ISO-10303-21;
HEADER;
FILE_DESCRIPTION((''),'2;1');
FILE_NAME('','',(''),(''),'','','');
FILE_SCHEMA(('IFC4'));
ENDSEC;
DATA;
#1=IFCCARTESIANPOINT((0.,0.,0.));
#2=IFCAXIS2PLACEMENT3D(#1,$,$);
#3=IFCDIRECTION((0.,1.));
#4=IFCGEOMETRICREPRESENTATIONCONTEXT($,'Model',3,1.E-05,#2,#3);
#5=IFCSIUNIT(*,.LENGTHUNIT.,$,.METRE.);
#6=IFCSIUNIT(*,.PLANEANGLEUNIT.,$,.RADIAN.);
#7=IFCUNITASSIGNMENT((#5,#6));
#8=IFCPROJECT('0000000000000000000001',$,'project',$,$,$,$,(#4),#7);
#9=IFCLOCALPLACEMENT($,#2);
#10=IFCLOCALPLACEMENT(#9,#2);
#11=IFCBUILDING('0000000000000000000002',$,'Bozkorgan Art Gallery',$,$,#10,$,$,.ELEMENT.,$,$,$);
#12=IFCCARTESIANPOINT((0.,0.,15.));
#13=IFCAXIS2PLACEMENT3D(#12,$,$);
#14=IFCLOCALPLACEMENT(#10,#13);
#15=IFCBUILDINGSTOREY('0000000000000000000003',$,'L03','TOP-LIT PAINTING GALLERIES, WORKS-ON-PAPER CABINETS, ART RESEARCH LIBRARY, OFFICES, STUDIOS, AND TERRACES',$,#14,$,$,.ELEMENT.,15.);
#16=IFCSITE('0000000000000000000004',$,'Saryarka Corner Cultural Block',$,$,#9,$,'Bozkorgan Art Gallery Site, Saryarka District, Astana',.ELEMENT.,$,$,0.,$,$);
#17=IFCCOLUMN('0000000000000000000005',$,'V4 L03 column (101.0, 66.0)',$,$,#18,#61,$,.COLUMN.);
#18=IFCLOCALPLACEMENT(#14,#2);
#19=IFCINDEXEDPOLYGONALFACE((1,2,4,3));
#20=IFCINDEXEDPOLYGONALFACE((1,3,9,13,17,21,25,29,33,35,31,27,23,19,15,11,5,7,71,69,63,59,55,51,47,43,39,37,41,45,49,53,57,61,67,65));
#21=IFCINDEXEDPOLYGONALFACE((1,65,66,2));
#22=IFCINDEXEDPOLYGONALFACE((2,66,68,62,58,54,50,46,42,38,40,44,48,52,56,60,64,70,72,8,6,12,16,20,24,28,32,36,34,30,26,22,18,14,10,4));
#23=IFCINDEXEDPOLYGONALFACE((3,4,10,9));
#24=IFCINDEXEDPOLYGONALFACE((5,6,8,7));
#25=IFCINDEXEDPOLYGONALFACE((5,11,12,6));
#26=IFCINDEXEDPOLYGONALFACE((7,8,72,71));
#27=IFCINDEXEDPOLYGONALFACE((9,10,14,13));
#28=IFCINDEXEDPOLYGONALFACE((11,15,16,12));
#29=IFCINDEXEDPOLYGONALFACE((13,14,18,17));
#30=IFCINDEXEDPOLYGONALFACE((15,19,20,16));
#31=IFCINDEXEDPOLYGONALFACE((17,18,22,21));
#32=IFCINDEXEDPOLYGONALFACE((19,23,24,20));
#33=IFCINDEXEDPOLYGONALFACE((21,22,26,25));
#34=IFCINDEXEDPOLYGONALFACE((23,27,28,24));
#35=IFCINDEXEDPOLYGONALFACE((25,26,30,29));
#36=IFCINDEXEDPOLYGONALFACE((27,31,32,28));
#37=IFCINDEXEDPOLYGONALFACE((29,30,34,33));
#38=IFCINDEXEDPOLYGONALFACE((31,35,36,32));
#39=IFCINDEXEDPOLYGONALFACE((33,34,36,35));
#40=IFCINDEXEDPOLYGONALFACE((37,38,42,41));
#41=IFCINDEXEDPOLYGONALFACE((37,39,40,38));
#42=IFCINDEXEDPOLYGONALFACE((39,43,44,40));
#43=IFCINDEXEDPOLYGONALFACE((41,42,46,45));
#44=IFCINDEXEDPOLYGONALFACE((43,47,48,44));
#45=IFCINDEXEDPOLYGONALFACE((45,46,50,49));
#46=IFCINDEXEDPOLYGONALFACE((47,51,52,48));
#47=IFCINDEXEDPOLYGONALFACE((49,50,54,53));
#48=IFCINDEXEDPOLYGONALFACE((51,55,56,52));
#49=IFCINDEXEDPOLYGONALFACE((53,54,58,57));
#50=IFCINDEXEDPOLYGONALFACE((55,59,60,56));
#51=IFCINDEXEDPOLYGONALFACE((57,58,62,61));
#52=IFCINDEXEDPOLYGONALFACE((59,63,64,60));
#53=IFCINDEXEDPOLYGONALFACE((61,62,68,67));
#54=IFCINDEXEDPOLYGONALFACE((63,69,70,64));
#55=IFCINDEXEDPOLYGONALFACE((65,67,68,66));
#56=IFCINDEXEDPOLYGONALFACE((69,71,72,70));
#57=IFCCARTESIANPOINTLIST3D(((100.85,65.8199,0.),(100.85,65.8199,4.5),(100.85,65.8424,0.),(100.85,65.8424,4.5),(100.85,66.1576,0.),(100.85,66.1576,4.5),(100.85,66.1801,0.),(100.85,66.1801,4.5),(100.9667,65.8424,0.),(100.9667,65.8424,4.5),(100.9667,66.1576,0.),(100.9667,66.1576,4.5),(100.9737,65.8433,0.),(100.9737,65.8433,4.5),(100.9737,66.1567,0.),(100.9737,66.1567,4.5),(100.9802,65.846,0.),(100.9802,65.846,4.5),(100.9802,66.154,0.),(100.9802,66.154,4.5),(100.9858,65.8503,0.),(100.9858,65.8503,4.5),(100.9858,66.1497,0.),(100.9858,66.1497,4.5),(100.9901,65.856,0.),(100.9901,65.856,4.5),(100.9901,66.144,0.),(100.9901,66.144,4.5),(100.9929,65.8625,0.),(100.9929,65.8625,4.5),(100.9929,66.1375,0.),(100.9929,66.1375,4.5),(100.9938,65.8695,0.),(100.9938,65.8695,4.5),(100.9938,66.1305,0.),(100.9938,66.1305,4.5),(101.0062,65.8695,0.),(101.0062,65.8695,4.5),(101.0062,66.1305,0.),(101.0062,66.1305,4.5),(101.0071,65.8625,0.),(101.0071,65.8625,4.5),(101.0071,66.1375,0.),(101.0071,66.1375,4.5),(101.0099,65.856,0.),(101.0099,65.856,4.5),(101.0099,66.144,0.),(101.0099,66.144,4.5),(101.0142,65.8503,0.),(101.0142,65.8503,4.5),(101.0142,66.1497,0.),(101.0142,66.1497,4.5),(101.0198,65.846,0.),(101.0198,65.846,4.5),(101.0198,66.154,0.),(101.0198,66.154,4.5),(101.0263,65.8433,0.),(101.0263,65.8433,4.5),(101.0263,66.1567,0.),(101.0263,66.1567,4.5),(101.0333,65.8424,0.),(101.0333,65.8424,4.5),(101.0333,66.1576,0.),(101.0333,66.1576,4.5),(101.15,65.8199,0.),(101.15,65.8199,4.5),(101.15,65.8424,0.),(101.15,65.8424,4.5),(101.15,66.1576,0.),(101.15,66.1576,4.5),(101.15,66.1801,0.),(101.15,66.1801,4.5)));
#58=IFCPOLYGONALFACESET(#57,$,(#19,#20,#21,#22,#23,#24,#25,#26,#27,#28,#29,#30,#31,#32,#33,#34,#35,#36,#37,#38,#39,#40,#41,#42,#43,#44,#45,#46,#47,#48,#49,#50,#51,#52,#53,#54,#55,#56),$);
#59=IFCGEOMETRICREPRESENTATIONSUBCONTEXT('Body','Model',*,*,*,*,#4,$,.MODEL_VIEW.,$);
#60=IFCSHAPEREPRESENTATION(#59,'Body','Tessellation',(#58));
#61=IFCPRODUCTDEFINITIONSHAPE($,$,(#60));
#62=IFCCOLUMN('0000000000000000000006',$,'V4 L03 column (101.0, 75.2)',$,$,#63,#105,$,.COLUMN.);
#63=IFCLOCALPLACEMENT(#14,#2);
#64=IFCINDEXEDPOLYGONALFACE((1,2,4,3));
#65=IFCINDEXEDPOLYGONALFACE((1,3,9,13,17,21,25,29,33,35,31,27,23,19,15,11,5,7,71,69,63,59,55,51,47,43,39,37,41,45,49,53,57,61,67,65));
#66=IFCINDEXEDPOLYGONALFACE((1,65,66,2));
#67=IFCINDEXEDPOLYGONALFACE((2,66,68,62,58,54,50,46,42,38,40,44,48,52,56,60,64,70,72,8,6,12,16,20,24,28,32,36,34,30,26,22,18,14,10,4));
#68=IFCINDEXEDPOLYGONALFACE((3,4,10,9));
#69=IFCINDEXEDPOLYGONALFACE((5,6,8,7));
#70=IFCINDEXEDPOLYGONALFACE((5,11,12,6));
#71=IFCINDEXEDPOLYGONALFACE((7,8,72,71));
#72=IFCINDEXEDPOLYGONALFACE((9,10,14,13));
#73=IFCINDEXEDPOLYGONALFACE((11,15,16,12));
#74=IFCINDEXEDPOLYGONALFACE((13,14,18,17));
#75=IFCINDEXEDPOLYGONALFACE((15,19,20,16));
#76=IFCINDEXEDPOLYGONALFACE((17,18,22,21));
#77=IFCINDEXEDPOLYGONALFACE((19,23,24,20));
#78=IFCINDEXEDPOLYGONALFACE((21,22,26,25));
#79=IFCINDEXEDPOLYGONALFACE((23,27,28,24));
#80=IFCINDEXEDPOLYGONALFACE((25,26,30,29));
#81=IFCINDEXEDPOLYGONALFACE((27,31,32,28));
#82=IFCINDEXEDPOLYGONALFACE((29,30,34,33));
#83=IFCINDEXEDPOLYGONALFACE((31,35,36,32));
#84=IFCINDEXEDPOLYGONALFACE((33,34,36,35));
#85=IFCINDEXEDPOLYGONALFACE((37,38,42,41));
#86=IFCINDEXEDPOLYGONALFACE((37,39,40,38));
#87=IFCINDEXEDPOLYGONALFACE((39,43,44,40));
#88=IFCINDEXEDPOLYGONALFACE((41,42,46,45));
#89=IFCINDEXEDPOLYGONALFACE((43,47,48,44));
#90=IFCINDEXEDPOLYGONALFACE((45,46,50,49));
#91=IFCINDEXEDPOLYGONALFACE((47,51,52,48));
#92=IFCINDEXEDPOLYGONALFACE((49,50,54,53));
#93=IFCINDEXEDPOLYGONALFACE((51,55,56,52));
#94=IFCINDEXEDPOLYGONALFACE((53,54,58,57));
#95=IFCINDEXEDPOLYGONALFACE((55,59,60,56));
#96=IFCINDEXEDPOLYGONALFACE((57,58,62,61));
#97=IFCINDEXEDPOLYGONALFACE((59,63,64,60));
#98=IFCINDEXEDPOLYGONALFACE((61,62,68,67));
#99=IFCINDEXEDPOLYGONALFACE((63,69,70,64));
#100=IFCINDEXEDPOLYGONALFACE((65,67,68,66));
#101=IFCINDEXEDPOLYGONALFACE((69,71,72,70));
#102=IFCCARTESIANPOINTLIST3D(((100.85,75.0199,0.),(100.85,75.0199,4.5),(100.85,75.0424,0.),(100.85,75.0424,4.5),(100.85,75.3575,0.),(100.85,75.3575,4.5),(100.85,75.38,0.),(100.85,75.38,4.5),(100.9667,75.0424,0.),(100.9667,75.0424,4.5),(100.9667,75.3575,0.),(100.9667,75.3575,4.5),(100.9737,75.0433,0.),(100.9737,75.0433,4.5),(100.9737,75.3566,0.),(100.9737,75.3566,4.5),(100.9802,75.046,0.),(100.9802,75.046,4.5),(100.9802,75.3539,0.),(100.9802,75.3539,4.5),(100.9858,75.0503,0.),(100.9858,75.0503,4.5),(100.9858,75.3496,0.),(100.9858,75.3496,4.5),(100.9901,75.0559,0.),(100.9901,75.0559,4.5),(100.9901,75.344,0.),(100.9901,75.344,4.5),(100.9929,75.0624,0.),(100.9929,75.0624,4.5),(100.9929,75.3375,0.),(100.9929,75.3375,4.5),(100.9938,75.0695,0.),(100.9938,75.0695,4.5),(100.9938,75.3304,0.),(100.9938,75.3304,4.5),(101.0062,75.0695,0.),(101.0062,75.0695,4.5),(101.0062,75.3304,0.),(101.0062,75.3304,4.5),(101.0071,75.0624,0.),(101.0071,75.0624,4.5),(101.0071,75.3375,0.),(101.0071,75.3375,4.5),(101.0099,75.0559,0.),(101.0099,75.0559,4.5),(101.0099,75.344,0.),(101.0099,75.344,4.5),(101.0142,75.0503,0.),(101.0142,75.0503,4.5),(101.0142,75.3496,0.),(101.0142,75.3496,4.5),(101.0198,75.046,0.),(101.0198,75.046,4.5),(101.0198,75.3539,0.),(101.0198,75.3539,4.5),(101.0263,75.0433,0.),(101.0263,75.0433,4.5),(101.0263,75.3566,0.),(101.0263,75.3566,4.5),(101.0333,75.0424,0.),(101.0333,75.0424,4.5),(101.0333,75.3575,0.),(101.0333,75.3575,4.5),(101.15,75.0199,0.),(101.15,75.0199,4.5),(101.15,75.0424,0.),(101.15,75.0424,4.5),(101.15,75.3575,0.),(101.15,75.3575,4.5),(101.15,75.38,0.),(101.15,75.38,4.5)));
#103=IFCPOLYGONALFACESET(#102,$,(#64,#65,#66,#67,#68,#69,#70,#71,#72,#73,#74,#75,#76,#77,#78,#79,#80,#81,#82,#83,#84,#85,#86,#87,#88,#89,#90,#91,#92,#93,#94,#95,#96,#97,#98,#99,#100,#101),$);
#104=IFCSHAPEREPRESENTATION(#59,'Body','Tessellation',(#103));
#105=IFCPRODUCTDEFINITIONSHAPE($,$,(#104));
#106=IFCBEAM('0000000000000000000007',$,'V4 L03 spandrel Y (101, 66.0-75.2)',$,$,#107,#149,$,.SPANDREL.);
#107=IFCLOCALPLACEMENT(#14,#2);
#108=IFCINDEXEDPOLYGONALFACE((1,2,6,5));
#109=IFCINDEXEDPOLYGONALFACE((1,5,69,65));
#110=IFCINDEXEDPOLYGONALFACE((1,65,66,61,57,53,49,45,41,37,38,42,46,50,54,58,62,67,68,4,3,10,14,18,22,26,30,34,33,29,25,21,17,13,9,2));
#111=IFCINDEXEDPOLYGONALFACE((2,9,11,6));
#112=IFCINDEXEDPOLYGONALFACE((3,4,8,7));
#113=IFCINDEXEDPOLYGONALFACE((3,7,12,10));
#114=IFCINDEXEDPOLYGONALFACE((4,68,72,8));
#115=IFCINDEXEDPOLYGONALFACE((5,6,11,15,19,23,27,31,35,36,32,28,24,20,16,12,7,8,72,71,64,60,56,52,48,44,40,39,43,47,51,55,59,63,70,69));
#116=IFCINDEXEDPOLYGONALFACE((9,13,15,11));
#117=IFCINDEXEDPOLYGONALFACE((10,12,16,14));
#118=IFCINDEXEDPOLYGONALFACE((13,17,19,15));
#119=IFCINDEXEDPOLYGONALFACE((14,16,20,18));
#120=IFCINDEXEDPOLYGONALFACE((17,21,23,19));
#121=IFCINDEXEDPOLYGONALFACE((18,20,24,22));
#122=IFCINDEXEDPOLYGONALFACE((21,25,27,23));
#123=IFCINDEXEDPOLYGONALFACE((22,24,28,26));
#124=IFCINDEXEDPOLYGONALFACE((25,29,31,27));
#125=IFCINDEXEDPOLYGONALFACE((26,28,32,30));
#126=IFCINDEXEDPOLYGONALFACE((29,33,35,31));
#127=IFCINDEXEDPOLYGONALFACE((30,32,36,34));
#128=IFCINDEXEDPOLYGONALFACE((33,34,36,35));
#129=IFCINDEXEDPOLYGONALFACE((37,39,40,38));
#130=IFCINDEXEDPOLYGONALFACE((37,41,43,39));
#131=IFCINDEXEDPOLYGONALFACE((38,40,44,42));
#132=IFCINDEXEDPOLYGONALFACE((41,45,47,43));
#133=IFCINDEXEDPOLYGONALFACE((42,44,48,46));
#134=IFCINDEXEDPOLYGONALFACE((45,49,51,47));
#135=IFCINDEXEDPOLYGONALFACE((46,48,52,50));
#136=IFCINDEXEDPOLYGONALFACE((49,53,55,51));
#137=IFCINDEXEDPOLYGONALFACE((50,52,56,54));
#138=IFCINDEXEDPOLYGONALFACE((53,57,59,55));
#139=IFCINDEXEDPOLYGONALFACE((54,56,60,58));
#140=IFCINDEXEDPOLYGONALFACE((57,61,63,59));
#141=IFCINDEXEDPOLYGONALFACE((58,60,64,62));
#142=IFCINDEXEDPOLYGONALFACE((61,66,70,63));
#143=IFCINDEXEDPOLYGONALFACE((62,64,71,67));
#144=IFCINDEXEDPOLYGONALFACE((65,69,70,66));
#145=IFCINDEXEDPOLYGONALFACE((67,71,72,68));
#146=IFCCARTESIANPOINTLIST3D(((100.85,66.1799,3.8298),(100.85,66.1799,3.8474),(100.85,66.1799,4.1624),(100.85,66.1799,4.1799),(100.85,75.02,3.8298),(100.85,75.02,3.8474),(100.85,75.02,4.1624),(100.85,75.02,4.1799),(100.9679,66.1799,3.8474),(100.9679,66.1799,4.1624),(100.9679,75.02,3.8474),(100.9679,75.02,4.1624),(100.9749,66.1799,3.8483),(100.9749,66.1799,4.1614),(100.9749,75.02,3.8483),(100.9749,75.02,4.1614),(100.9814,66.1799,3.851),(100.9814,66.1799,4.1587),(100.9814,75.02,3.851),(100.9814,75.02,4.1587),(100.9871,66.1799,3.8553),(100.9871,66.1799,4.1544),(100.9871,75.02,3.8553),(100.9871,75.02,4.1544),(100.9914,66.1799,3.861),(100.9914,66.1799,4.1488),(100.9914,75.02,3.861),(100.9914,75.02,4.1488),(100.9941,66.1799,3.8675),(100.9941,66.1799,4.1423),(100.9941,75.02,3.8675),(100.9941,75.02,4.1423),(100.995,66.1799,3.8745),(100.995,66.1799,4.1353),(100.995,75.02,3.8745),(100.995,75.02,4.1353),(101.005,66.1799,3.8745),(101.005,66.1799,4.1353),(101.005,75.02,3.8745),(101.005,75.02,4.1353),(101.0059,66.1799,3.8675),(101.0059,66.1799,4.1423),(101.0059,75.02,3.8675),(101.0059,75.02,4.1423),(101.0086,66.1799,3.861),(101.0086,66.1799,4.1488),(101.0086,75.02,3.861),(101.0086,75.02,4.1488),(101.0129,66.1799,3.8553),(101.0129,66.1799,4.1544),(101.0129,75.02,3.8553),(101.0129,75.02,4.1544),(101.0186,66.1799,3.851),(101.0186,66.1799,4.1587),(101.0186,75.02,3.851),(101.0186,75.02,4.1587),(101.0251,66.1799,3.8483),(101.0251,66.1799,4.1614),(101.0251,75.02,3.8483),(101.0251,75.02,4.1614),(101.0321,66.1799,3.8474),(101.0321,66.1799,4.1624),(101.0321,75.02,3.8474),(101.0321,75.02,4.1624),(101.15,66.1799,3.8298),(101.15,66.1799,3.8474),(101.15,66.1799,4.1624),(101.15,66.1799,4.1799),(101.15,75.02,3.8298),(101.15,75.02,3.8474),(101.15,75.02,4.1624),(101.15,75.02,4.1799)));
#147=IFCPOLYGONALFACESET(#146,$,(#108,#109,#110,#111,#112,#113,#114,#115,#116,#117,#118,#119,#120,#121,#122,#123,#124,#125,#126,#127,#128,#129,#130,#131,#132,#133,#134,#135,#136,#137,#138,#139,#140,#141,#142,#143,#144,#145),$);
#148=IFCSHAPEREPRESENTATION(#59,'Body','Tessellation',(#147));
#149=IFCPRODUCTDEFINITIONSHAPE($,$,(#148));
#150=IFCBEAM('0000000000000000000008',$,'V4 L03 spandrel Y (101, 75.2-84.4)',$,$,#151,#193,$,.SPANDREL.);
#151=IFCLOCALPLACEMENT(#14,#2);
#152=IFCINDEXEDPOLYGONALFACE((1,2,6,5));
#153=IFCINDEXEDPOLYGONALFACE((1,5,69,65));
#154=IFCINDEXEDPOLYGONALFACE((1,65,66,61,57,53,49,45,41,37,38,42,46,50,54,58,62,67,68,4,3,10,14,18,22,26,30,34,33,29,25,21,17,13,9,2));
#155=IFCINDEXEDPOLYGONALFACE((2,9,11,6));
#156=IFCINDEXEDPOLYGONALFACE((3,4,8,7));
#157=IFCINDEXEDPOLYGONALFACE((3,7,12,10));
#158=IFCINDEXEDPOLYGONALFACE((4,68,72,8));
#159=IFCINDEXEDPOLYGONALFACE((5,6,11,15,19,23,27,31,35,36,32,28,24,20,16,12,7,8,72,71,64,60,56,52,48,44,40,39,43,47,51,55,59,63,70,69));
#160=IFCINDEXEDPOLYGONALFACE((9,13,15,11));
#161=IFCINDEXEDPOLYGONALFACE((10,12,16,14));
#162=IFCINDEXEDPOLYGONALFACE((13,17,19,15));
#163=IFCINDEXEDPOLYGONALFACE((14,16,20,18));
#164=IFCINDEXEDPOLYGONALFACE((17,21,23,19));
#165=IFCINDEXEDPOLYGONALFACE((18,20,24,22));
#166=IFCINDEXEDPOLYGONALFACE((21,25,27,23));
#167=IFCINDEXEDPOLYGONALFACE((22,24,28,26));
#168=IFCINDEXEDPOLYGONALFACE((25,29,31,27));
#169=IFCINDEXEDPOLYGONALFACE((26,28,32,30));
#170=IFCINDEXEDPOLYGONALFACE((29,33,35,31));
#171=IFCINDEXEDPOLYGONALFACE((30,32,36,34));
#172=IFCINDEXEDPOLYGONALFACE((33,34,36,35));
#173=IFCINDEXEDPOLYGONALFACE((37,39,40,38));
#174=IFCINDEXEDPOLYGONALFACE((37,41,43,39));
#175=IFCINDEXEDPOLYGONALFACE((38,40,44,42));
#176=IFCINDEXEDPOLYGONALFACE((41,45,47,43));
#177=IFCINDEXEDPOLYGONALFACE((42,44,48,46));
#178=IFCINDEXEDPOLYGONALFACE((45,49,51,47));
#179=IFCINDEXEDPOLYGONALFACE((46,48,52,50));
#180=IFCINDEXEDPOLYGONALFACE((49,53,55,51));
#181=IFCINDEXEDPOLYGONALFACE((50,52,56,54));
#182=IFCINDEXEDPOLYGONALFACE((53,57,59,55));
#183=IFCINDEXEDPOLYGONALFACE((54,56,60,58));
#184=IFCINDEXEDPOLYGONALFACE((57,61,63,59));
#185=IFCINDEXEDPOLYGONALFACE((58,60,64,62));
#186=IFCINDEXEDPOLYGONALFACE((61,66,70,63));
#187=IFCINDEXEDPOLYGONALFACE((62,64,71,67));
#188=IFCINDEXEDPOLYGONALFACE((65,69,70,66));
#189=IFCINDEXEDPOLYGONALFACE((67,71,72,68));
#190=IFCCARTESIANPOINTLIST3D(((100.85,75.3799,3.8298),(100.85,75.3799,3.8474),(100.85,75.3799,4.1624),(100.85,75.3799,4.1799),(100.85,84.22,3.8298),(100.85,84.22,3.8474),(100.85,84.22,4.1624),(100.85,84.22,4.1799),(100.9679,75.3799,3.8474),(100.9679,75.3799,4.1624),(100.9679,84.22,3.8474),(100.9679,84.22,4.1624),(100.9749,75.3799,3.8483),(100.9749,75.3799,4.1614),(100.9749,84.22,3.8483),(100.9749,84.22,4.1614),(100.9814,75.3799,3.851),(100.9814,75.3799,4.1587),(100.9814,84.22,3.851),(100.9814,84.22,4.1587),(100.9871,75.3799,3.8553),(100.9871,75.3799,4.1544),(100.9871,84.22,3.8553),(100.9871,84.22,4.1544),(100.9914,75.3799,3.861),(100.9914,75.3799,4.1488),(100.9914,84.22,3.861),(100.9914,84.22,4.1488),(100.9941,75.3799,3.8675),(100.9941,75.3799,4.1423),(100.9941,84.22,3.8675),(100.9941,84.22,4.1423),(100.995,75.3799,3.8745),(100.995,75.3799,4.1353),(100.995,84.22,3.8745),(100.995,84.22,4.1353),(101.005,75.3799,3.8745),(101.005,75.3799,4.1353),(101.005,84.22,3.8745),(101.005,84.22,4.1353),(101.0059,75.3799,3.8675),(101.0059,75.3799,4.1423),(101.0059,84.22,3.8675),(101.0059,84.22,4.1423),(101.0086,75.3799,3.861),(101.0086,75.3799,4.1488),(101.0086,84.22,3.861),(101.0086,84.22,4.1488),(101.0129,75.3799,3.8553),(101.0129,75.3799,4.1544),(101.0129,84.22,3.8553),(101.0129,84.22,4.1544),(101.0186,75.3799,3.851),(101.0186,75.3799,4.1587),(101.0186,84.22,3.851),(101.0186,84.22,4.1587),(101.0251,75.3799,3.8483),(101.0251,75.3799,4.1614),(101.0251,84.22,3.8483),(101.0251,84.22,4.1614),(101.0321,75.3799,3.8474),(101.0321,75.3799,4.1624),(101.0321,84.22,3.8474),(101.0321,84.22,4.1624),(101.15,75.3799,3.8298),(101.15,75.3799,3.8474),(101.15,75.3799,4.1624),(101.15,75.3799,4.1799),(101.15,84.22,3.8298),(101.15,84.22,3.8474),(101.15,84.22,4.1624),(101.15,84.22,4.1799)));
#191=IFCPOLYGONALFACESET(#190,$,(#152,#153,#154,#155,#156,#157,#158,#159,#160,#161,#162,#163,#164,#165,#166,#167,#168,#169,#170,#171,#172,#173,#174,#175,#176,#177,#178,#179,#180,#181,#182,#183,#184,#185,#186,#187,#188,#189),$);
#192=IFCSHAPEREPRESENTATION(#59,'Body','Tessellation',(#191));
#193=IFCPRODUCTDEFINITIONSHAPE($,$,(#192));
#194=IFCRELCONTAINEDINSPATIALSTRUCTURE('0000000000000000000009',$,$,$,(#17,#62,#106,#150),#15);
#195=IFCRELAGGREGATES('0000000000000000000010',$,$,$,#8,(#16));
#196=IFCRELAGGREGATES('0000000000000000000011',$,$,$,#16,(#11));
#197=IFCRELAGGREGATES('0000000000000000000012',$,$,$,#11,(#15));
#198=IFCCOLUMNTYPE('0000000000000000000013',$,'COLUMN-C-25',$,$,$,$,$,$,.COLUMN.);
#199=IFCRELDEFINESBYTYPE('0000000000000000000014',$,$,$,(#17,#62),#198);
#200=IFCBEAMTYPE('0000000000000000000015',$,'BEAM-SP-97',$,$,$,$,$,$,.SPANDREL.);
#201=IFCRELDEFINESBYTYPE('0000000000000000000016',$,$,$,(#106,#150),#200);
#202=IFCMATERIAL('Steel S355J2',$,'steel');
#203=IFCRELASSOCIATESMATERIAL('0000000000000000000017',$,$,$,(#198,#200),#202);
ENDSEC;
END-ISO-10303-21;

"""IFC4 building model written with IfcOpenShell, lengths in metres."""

from ifc_helpers import new_model, si_unit, direction, frame, origin, origin_2d, place, context, subcontext, project, spatial, i_section, extrude, material, material_profile, profile_set, type_object, element, save


model = new_model("IFC4")

# Units and contexts
model_context = context("Model", 3, precision=1e-05, world=origin(), true_north=direction((0.0, 1.0)))
body_context = subcontext(model_context, "Body", "Model", "MODEL_VIEW")
ifc_project = project(units=[si_unit("LENGTHUNIT", "METRE"), si_unit("PLANEANGLEUNIT", "RADIAN")], contexts=[model_context])

# Site, building, storey
site_placement = place(None, origin())
site = spatial("IfcSite", under=ifc_project, at=site_placement, Name="Saryarka Corner Cultural Block", LongName="Bozkorgan Art Gallery Site, Saryarka District, Astana", CompositionType="ELEMENT", RefElevation=0.0)
building_placement = place(site_placement, origin())
building = spatial("IfcBuilding", under=site, at=building_placement, Name="Bozkorgan Art Gallery", CompositionType="ELEMENT")
storey_placement = place(building_placement, frame((0.0, 0.0, 15.0)))
storey = spatial("IfcBuildingStorey", under=building, at=storey_placement, Name="L03", Description="TOP-LIT PAINTING GALLERIES, WORKS-ON-PAPER CABINETS, ART RESEARCH LIBRARY, OFFICES, STUDIOS, AND TERRACES", CompositionType="ELEMENT", Elevation=15.0)

# Columns
ifc_material_1 = material(Name="Steel S355J2", Category="steel")
ifc_material_profile_1 = material_profile(ifc_material_1, i_section(OverallWidth=0.3, OverallDepth=0.3601, WebThickness=0.0125, FlangeThickness=0.0225, FilletRadius=0.0271, at=origin_2d()), Name="HEB 360")
ifc_profile_set_1 = profile_set([ifc_material_profile_1], Name="Steel S355J2")
column_type = type_object("IfcColumnType", Name="COLUMN-C-25", PredefinedType="COLUMN", material=ifc_profile_set_1)
for number, where, z_axis, x_axis, name in (
    (1, (101.0, 66.0, 0.0), (0.0, 0.0, 1.0), (1.0, 0.0, 0.0), "V4 L03 column (101.0, 66.0)"),
    (2, (101.0, 75.2, 0.0), (0.0, 0.0, 1.0), (1.0, 0.0, 0.0), "V4 L03 column (101.0, 75.2)"),
):
    element("IfcColumn", number, at=place(storey_placement, frame(where, z_axis=z_axis, x_axis=x_axis)), inside=storey, type_object=column_type, Name=name, PredefinedType="COLUMN", context=body_context, shape_type="SweptSolid", body=[
        extrude(i_section(OverallWidth=0.3, OverallDepth=0.3601, WebThickness=0.0125, FlangeThickness=0.0225, FilletRadius=0.0271, at=origin_2d()), origin(), (0.0, 0.0, 1.0), 4.5),
    ])

# Beams
ifc_material_profile_2 = material_profile(ifc_material_1, i_section(OverallWidth=0.3, OverallDepth=0.3501, WebThickness=0.01, FlangeThickness=0.0176, FilletRadius=0.0271, at=origin_2d()), Name="HEA 360")
ifc_profile_set_2 = profile_set([ifc_material_profile_2], Name="Steel S355J2")
beam_type = type_object("IfcBeamType", Name="BEAM-SP-97", PredefinedType="SPANDREL", material=ifc_profile_set_2)
for number, where, z_axis, x_axis, name in (
    (3, (101.0, 66.1799, 4.0049), (0.0, 1.0, 0.0), (-1.0, 0.0, 0.0), "V4 L03 spandrel Y (101, 66.0-75.2)"),
    (4, (101.0, 75.3799, 4.0049), (0.0, 1.0, 0.0), (-1.0, 0.0, 0.0), "V4 L03 spandrel Y (101, 75.2-84.4)"),
):
    element("IfcBeam", number, at=place(storey_placement, frame(where, z_axis=z_axis, x_axis=x_axis)), inside=storey, type_object=beam_type, Name=name, PredefinedType="SPANDREL", context=body_context, shape_type="SweptSolid", body=[
        extrude(i_section(OverallWidth=0.3, OverallDepth=0.3501, WebThickness=0.01, FlangeThickness=0.0176, FilletRadius=0.0271, at=origin_2d()), origin(), (0.0, 0.0, 1.0), 8.8401),
    ])

save(model, "model.ifc")
